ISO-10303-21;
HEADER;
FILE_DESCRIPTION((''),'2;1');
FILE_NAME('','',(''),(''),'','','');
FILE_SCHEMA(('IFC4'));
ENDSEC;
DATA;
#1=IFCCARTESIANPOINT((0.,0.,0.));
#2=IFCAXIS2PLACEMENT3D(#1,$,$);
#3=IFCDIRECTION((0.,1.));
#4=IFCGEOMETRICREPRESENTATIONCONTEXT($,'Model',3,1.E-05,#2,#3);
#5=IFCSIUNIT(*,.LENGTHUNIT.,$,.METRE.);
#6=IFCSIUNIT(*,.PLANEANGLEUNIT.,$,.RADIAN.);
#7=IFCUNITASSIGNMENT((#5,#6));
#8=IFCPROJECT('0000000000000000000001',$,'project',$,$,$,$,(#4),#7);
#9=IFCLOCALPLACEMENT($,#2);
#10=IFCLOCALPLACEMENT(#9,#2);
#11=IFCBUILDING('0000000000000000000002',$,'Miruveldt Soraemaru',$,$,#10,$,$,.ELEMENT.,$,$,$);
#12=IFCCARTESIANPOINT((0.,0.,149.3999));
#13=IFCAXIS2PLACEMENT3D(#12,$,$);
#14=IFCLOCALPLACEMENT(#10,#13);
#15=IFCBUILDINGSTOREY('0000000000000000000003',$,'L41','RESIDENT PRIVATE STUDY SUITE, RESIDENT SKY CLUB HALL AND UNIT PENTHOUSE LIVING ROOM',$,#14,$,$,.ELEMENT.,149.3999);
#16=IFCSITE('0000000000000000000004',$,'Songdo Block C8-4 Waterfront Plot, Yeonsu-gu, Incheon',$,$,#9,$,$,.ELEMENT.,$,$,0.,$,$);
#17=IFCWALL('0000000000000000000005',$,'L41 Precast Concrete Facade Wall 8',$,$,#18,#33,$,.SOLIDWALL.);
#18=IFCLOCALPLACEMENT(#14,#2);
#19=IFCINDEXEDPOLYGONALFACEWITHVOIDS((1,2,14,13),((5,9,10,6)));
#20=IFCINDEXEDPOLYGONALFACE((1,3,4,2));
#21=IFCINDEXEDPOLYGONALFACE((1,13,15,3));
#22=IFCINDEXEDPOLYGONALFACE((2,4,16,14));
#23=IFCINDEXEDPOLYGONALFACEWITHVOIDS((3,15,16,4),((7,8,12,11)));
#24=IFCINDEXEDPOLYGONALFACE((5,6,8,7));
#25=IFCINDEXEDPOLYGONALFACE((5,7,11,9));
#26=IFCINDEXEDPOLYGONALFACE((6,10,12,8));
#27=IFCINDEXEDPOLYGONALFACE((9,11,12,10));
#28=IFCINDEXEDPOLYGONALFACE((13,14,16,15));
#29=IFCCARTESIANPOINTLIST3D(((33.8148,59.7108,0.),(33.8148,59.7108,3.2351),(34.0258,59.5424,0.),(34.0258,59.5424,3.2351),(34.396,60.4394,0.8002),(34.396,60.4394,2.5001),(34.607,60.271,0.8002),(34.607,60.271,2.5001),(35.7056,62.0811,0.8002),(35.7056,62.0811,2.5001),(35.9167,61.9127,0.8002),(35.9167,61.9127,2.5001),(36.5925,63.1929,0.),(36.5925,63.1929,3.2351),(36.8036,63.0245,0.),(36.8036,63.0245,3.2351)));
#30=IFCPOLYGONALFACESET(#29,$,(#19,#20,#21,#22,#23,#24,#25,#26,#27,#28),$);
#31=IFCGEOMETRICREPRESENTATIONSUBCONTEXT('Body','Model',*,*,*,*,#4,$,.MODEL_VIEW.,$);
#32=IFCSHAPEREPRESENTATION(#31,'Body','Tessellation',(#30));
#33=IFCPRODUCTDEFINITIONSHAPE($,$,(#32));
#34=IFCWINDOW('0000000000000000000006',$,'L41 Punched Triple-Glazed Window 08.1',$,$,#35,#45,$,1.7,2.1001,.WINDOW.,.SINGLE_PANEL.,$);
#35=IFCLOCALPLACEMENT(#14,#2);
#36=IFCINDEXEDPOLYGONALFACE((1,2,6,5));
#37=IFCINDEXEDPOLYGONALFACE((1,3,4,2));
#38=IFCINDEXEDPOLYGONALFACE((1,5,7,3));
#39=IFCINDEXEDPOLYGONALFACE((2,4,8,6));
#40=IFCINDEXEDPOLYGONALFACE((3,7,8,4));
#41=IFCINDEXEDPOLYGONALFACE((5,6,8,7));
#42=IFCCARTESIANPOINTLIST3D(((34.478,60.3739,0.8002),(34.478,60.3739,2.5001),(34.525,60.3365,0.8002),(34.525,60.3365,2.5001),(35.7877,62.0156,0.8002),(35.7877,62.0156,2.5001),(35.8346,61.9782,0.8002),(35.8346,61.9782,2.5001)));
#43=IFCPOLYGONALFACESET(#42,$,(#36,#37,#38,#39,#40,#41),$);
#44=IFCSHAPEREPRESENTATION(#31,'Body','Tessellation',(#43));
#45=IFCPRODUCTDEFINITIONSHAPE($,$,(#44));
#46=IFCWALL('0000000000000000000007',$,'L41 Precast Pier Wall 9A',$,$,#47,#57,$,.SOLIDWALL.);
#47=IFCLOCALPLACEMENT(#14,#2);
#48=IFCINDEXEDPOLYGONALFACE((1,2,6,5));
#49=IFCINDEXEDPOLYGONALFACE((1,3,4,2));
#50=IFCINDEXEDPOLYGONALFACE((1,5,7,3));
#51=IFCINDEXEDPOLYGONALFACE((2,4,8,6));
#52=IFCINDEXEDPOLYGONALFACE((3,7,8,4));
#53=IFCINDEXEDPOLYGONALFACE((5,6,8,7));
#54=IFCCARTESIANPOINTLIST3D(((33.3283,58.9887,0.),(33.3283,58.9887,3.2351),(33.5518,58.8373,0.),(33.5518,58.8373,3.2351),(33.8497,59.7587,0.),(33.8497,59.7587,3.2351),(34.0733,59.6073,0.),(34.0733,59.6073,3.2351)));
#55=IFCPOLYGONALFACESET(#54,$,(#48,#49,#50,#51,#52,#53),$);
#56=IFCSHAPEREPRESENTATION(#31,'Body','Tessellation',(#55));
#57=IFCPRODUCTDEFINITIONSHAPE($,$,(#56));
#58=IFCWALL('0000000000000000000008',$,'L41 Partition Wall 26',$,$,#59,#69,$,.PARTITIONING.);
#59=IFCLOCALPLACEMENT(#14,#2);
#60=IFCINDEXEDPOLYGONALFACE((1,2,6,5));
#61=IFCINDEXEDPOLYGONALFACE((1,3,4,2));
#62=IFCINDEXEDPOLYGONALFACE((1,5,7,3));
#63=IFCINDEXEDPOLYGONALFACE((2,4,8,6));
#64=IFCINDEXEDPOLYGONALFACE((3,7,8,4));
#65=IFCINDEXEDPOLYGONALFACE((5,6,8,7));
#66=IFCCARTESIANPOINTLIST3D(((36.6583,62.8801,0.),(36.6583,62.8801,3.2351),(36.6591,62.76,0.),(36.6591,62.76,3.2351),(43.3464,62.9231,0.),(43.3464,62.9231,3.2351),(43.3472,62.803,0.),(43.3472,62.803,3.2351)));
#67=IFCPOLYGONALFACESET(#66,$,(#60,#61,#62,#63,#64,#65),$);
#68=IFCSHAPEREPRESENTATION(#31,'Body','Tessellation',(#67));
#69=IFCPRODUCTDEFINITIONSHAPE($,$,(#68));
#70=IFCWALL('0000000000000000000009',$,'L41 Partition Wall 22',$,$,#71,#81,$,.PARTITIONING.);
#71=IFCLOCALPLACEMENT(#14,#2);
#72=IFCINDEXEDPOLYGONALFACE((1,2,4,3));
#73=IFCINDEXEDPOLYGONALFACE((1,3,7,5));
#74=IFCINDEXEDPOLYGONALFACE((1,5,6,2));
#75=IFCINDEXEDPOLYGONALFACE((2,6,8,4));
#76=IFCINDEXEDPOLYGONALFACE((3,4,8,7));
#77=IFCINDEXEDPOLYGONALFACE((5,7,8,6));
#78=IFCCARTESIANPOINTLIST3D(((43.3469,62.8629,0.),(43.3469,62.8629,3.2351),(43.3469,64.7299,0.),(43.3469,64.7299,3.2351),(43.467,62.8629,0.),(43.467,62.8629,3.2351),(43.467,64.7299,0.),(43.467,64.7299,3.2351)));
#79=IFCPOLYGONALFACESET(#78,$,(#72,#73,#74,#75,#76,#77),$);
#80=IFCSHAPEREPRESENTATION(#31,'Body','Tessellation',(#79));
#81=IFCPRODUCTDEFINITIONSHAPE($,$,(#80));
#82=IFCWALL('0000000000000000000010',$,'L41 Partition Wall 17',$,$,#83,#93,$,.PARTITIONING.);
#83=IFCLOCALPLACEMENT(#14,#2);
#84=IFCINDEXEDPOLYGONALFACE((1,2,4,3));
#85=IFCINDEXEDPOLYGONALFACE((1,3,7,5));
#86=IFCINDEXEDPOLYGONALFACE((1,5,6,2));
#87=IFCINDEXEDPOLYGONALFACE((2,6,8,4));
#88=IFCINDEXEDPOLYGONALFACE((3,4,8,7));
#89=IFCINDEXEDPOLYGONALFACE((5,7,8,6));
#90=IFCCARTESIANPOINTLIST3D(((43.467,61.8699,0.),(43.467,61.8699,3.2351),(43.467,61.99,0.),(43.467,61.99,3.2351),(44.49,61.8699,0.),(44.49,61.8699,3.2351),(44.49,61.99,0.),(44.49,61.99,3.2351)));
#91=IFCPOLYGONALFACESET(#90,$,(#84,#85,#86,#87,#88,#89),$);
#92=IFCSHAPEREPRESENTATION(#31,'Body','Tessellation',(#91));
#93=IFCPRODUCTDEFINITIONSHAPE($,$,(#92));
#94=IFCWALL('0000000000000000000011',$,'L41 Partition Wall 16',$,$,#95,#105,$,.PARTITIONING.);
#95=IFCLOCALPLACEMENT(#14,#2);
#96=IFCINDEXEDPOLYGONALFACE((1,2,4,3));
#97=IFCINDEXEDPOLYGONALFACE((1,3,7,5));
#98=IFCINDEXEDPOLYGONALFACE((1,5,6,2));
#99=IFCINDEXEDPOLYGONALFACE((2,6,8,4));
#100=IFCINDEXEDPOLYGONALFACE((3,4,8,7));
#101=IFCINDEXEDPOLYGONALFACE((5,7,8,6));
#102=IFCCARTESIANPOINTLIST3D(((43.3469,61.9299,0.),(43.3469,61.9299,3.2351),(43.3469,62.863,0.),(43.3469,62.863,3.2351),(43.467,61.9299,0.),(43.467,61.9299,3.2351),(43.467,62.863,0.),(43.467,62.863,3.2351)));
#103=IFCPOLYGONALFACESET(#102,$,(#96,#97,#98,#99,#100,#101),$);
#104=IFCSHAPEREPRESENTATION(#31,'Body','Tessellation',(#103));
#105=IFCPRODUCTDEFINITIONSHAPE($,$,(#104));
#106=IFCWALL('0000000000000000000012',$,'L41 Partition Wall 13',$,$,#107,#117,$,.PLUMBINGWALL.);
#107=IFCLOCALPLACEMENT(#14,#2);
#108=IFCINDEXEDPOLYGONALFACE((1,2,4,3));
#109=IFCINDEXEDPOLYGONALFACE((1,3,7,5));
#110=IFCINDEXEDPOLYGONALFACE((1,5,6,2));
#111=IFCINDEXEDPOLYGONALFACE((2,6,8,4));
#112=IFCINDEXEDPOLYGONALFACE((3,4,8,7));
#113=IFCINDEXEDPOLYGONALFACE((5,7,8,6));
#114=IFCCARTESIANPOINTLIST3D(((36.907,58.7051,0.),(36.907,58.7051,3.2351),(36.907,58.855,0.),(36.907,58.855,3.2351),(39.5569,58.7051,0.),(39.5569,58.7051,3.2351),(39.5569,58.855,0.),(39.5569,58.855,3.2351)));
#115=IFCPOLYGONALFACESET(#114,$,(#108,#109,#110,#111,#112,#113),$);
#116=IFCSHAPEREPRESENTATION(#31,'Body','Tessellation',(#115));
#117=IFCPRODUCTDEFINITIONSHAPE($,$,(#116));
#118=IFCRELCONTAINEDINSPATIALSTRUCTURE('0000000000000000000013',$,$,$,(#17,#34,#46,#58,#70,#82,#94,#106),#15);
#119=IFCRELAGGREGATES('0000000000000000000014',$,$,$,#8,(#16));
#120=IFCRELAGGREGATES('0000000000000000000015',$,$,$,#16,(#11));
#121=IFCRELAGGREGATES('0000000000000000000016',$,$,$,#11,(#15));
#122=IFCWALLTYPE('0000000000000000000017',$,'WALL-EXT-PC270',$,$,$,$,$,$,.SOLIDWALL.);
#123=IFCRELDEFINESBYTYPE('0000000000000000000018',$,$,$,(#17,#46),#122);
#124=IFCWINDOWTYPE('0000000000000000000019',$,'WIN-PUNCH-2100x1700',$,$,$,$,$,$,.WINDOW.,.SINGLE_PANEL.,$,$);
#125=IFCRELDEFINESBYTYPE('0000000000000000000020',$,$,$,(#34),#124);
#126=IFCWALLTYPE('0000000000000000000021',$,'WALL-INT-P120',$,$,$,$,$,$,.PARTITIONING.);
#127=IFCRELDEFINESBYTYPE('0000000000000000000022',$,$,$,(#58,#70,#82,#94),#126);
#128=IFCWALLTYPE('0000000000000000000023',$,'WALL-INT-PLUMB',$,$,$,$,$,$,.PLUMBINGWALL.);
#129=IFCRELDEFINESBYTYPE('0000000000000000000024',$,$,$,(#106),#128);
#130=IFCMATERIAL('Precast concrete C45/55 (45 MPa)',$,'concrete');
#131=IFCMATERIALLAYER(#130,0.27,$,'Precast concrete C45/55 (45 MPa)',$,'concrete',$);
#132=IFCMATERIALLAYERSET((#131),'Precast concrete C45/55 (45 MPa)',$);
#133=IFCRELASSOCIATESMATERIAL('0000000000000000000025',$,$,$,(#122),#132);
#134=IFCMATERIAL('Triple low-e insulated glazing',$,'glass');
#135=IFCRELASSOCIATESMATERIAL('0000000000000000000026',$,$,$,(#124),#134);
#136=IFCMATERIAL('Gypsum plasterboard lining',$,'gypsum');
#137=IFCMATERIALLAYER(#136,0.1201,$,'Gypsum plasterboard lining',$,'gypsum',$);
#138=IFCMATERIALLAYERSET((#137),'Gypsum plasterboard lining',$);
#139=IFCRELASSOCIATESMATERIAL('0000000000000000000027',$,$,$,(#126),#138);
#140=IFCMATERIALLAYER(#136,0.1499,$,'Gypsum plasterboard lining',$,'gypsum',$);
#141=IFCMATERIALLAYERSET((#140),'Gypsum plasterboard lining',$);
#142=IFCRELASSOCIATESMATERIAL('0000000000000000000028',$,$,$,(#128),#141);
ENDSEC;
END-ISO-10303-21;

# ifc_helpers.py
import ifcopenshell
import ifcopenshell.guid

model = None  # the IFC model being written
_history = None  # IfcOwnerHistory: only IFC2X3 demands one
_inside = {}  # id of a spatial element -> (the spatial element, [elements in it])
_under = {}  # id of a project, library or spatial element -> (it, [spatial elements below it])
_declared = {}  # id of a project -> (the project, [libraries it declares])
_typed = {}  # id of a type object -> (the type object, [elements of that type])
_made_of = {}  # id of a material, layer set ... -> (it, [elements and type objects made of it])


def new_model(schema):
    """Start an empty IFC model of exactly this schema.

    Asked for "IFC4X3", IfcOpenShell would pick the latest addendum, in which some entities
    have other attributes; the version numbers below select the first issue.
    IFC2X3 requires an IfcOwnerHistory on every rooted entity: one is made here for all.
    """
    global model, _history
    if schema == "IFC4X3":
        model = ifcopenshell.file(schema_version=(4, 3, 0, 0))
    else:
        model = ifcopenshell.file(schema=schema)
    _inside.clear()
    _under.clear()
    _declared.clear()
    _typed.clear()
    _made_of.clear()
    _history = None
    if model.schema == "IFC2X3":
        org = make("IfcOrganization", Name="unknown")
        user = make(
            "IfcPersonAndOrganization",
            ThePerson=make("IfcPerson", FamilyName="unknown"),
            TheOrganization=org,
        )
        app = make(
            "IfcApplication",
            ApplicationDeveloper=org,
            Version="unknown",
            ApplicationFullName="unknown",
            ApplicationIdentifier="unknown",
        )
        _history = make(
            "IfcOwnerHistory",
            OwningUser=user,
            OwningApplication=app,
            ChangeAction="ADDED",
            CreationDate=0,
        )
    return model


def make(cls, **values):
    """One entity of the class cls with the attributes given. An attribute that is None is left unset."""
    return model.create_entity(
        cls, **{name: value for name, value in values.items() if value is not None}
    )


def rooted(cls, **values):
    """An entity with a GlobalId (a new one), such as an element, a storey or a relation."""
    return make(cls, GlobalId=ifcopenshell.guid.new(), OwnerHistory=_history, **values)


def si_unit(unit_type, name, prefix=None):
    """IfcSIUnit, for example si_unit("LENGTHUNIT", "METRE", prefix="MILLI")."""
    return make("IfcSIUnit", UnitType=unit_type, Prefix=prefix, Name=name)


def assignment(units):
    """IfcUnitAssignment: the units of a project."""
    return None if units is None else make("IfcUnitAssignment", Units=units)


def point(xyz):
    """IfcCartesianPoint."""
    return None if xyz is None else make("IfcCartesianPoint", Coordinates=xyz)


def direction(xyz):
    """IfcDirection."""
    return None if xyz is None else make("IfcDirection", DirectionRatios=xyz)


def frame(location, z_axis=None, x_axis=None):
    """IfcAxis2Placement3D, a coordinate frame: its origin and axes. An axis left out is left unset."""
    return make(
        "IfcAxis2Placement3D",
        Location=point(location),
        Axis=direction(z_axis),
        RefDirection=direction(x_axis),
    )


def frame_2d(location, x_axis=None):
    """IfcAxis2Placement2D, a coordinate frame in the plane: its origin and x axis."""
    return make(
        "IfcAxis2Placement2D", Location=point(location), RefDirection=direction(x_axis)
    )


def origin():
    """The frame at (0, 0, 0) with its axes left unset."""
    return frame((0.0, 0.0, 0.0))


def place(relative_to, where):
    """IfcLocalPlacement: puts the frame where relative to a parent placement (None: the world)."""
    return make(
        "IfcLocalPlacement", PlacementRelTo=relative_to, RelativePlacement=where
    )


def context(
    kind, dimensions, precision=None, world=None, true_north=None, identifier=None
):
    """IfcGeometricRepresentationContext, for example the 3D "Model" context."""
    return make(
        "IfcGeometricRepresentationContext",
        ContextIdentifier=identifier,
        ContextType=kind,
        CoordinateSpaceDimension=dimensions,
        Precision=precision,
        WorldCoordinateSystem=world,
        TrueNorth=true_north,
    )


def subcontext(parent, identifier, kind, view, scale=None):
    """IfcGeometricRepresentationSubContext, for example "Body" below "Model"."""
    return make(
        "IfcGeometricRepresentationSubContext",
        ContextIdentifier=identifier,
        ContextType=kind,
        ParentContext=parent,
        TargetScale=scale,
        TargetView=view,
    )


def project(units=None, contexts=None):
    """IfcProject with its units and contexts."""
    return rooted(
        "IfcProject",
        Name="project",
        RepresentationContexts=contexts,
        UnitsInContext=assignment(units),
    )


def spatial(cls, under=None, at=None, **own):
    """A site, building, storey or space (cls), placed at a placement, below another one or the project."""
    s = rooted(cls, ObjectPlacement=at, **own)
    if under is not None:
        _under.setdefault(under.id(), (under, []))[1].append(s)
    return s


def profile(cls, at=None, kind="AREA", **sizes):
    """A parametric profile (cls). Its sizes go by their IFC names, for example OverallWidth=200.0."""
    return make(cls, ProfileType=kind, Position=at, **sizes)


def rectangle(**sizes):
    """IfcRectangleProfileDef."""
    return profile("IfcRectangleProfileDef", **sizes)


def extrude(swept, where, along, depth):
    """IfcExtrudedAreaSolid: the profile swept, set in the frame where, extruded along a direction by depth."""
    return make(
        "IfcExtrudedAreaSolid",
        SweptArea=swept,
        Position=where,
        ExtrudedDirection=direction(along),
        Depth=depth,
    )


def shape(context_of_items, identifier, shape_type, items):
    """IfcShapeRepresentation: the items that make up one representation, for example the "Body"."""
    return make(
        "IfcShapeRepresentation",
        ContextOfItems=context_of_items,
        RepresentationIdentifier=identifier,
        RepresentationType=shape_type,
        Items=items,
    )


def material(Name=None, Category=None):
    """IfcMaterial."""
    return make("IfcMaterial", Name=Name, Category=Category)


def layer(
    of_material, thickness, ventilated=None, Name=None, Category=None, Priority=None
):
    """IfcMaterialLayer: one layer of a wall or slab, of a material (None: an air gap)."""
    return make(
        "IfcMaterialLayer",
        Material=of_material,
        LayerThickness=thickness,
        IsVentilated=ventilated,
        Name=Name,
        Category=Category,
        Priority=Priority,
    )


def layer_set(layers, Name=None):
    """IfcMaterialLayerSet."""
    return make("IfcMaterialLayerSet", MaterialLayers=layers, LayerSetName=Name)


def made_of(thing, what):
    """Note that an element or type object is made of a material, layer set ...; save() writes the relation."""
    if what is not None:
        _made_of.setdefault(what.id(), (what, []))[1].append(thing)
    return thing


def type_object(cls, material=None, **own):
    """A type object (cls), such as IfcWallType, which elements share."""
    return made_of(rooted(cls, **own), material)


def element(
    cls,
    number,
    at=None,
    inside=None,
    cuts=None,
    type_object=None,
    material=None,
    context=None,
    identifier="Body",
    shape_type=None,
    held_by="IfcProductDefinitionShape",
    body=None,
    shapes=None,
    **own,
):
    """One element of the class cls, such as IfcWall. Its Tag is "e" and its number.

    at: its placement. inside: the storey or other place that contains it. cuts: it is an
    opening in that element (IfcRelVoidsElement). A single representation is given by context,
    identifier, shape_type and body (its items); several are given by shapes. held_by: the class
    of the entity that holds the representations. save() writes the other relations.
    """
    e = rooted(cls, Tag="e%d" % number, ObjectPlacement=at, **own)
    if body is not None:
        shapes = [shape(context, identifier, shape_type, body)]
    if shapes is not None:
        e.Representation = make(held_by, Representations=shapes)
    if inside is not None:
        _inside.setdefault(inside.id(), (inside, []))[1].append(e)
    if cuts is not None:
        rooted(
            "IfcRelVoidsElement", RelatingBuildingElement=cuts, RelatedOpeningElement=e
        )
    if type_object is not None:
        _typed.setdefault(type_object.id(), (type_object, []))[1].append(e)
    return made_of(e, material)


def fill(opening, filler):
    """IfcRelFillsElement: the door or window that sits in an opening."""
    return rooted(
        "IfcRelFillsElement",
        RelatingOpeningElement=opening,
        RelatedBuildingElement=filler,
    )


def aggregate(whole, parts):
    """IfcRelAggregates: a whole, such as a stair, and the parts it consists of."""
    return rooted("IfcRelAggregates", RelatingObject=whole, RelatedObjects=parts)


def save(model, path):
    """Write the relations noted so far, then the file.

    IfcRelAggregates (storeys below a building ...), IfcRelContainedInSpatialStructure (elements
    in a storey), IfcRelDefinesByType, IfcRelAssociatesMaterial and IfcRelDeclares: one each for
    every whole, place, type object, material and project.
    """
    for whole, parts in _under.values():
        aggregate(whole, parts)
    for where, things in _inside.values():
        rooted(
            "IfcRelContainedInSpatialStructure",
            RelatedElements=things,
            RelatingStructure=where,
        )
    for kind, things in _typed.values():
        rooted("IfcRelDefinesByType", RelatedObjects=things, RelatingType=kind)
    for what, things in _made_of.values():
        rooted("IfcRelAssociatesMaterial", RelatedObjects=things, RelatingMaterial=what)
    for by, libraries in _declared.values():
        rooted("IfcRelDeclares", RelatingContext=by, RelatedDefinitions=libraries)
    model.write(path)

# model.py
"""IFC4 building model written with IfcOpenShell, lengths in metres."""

from ifc_helpers import new_model, si_unit, direction, frame, frame_2d, origin, place, context, subcontext, project, spatial, rectangle, extrude, material, layer, layer_set, type_object, element, fill, save


model = new_model("IFC4")

# Units and contexts
model_context = context("Model", 3, precision=1e-05, world=origin(), true_north=direction((0.0, 1.0)))
body_context = subcontext(model_context, "Body", "Model", "MODEL_VIEW")
ifc_project = project(units=[si_unit("LENGTHUNIT", "METRE"), si_unit("PLANEANGLEUNIT", "RADIAN")], contexts=[model_context])

# Site, building, storey
site_placement = place(None, origin())
site = spatial("IfcSite", under=ifc_project, at=site_placement, Name="Songdo Block C8-4 Waterfront Plot, Yeonsu-gu, Incheon", CompositionType="ELEMENT", RefElevation=0.0)
building_placement = place(site_placement, origin())
building = spatial("IfcBuilding", under=site, at=building_placement, Name="Miruveldt Soraemaru", CompositionType="ELEMENT")
storey_placement = place(building_placement, frame((0.0, 0.0, 149.3999)))
storey = spatial("IfcBuildingStorey", under=building, at=storey_placement, Name="L41", Description="RESIDENT PRIVATE STUDY SUITE, RESIDENT SKY CLUB HALL AND UNIT PENTHOUSE LIVING ROOM", CompositionType="ELEMENT", Elevation=149.3999)

# Wall, opening, window
ifc_material_1 = material(Name="Triple low-e insulated glazing", Category="glass")
ifc_material_2 = material(Name="Precast concrete C45/55 (45 MPa)", Category="concrete")
ifc_layer_1 = layer(ifc_material_2, 0.27, Name="Precast concrete C45/55 (45 MPa)", Category="concrete")
ifc_layer_set_1 = layer_set([ifc_layer_1], Name="Precast concrete C45/55 (45 MPa)")
wall_type_1 = type_object("IfcWallType", Name="WALL-EXT-PC270", PredefinedType="SOLIDWALL", material=ifc_layer_set_1)
window_type_1 = type_object("IfcWindowType", Name="WIN-PUNCH-2100x1700", PartitioningType="SINGLE_PANEL", PredefinedType="WINDOW", material=ifc_material_1)
wall_1_placement = place(storey_placement, frame((36.698, 63.1086, 0.0), z_axis=(0.0, 0.0, 1.0), x_axis=(-0.623612, -0.781734, 0.0)))
wall_1 = element("IfcWall", 1, at=wall_1_placement, inside=storey, type_object=wall_type_1, Name="L41 Precast Concrete Facade Wall 8", PredefinedType="SOLIDWALL", context=body_context, shape_type="SweptSolid", body=[
    extrude(rectangle(XDim=4.4543, YDim=0.27, at=frame_2d((2.2271, 0.0))), origin(), (0.0, 0.0, 1.0), 3.2351),
])
opening_1_placement = place(wall_1_placement, frame((1.4221, 0.0, 0.8)))
opening_1 = element("IfcOpeningElement", 2, at=opening_1_placement, cuts=wall_1, PredefinedType="OPENING", context=body_context, shape_type="SweptSolid", body=[
    extrude(rectangle(XDim=2.1001, YDim=1.7, at=frame_2d((1.05, 0.8501))), frame((0.0, 0.145, 0.0), z_axis=(0.0, -1.0, 0.0), x_axis=(1.0, 0.0, 0.0)), (0.0, 0.0, 1.0), 0.29),
])
window_1_placement = place(opening_1_placement, origin())
window_1 = element("IfcWindow", 3, at=window_1_placement, inside=storey, type_object=window_type_1, Name="L41 Punched Triple-Glazed Window 08.1", OverallHeight=1.7, OverallWidth=2.1001, PartitioningType="SINGLE_PANEL", PredefinedType="WINDOW", context=body_context, shape_type="SweptSolid", body=[
    extrude(rectangle(XDim=2.1001, YDim=1.7, at=frame_2d((1.05, 0.8501))), frame((0.0, 0.03, 0.0), z_axis=(0.0, -1.0, 0.0), x_axis=(1.0, 0.0, 0.0)), (0.0, 0.0, 1.0), 0.0601),
])
fill(opening_1, window_1)

# Walls
wall_2_placement = place(storey_placement, frame((33.9614, 59.6829, 0.0), z_axis=(0.0, 0.0, 1.0), x_axis=(-0.560744, -0.827989, 0.0)))
element("IfcWall", 4, at=wall_2_placement, inside=storey, type_object=wall_type_1, Name="L41 Precast Pier Wall 9A", PredefinedType="SOLIDWALL", context=body_context, shape_type="SweptSolid", body=[
    extrude(rectangle(XDim=0.9299, YDim=0.27, at=frame_2d((0.4648, 0.0))), origin(), (0.0, 0.0, 1.0), 3.2351),
])
ifc_material_3 = material(Name="Gypsum plasterboard lining", Category="gypsum")
ifc_layer_2 = layer(ifc_material_3, 0.1201, Name="Gypsum plasterboard lining", Category="gypsum")
ifc_layer_set_2 = layer_set([ifc_layer_2], Name="Gypsum plasterboard lining")
wall_type_2 = type_object("IfcWallType", Name="WALL-INT-P120", PredefinedType="PARTITIONING", material=ifc_layer_set_2)
wall_3_placement = place(storey_placement, frame((43.3469, 62.863, 0.0), z_axis=(0.0, 0.0, 1.0), x_axis=(-0.999979, -0.006425, 0.0)))
element("IfcWall", 5, at=wall_3_placement, inside=storey, type_object=wall_type_2, Name="L41 Partition Wall 26", PredefinedType="PARTITIONING", context=body_context, shape_type="SweptSolid", body=[
    extrude(rectangle(XDim=6.6882, YDim=0.1201, at=frame_2d((3.3442, 0.0))), origin(), (0.0, 0.0, 1.0), 3.2351),
])
wall_4_placement = place(storey_placement, frame((43.407, 64.73, 0.0), z_axis=(0.0, 0.0, 1.0), x_axis=(0.0, -1.0, 0.0)))
element("IfcWall", 6, at=wall_4_placement, inside=storey, type_object=wall_type_2, Name="L41 Partition Wall 22", PredefinedType="PARTITIONING", context=body_context, shape_type="SweptSolid", body=[
    extrude(rectangle(XDim=1.8669, YDim=0.1201, at=frame_2d((0.9336, 0.0))), origin(), (0.0, 0.0, 1.0), 3.2351),
])
wall_5_placement = place(storey_placement, frame((43.467, 61.9299, 0.0), z_axis=(0.0, 0.0, 1.0), x_axis=(1.0, 0.0, 0.0)))
element("IfcWall", 7, at=wall_5_placement, inside=storey, type_object=wall_type_2, Name="L41 Partition Wall 17", PredefinedType="PARTITIONING", context=body_context, shape_type="SweptSolid", body=[
    extrude(rectangle(XDim=1.0229, YDim=0.1201, at=frame_2d((0.5115, 0.0))), origin(), (0.0, 0.0, 1.0), 3.2351),
])
wall_6_placement = place(storey_placement, frame((43.407, 62.863, 0.0), z_axis=(0.0, 0.0, 1.0), x_axis=(0.0, -1.0, 0.0)))
element("IfcWall", 8, at=wall_6_placement, inside=storey, type_object=wall_type_2, Name="L41 Partition Wall 16", PredefinedType="PARTITIONING", context=body_context, shape_type="SweptSolid", body=[
    extrude(rectangle(XDim=0.9331, YDim=0.1201, at=frame_2d((0.4666, 0.0))), origin(), (0.0, 0.0, 1.0), 3.2351),
])
ifc_layer_3 = layer(ifc_material_3, 0.1499, Name="Gypsum plasterboard lining", Category="gypsum")
ifc_layer_set_3 = layer_set([ifc_layer_3], Name="Gypsum plasterboard lining")
wall_type_3 = type_object("IfcWallType", Name="WALL-INT-PLUMB", PredefinedType="PLUMBINGWALL", material=ifc_layer_set_3)
wall_7_placement = place(storey_placement, frame((39.5569, 58.78, 0.0), z_axis=(0.0, 0.0, 1.0), x_axis=(-1.0, 0.0, 0.0)))
element("IfcWall", 9, at=wall_7_placement, inside=storey, type_object=wall_type_3, Name="L41 Partition Wall 13", PredefinedType="PLUMBINGWALL", context=body_context, shape_type="SweptSolid", body=[
    extrude(rectangle(XDim=2.6499, YDim=0.1499, at=frame_2d((1.325, 0.0))), origin(), (0.0, 0.0, 1.0), 3.2351),
])

save(model, "model.ifc")
